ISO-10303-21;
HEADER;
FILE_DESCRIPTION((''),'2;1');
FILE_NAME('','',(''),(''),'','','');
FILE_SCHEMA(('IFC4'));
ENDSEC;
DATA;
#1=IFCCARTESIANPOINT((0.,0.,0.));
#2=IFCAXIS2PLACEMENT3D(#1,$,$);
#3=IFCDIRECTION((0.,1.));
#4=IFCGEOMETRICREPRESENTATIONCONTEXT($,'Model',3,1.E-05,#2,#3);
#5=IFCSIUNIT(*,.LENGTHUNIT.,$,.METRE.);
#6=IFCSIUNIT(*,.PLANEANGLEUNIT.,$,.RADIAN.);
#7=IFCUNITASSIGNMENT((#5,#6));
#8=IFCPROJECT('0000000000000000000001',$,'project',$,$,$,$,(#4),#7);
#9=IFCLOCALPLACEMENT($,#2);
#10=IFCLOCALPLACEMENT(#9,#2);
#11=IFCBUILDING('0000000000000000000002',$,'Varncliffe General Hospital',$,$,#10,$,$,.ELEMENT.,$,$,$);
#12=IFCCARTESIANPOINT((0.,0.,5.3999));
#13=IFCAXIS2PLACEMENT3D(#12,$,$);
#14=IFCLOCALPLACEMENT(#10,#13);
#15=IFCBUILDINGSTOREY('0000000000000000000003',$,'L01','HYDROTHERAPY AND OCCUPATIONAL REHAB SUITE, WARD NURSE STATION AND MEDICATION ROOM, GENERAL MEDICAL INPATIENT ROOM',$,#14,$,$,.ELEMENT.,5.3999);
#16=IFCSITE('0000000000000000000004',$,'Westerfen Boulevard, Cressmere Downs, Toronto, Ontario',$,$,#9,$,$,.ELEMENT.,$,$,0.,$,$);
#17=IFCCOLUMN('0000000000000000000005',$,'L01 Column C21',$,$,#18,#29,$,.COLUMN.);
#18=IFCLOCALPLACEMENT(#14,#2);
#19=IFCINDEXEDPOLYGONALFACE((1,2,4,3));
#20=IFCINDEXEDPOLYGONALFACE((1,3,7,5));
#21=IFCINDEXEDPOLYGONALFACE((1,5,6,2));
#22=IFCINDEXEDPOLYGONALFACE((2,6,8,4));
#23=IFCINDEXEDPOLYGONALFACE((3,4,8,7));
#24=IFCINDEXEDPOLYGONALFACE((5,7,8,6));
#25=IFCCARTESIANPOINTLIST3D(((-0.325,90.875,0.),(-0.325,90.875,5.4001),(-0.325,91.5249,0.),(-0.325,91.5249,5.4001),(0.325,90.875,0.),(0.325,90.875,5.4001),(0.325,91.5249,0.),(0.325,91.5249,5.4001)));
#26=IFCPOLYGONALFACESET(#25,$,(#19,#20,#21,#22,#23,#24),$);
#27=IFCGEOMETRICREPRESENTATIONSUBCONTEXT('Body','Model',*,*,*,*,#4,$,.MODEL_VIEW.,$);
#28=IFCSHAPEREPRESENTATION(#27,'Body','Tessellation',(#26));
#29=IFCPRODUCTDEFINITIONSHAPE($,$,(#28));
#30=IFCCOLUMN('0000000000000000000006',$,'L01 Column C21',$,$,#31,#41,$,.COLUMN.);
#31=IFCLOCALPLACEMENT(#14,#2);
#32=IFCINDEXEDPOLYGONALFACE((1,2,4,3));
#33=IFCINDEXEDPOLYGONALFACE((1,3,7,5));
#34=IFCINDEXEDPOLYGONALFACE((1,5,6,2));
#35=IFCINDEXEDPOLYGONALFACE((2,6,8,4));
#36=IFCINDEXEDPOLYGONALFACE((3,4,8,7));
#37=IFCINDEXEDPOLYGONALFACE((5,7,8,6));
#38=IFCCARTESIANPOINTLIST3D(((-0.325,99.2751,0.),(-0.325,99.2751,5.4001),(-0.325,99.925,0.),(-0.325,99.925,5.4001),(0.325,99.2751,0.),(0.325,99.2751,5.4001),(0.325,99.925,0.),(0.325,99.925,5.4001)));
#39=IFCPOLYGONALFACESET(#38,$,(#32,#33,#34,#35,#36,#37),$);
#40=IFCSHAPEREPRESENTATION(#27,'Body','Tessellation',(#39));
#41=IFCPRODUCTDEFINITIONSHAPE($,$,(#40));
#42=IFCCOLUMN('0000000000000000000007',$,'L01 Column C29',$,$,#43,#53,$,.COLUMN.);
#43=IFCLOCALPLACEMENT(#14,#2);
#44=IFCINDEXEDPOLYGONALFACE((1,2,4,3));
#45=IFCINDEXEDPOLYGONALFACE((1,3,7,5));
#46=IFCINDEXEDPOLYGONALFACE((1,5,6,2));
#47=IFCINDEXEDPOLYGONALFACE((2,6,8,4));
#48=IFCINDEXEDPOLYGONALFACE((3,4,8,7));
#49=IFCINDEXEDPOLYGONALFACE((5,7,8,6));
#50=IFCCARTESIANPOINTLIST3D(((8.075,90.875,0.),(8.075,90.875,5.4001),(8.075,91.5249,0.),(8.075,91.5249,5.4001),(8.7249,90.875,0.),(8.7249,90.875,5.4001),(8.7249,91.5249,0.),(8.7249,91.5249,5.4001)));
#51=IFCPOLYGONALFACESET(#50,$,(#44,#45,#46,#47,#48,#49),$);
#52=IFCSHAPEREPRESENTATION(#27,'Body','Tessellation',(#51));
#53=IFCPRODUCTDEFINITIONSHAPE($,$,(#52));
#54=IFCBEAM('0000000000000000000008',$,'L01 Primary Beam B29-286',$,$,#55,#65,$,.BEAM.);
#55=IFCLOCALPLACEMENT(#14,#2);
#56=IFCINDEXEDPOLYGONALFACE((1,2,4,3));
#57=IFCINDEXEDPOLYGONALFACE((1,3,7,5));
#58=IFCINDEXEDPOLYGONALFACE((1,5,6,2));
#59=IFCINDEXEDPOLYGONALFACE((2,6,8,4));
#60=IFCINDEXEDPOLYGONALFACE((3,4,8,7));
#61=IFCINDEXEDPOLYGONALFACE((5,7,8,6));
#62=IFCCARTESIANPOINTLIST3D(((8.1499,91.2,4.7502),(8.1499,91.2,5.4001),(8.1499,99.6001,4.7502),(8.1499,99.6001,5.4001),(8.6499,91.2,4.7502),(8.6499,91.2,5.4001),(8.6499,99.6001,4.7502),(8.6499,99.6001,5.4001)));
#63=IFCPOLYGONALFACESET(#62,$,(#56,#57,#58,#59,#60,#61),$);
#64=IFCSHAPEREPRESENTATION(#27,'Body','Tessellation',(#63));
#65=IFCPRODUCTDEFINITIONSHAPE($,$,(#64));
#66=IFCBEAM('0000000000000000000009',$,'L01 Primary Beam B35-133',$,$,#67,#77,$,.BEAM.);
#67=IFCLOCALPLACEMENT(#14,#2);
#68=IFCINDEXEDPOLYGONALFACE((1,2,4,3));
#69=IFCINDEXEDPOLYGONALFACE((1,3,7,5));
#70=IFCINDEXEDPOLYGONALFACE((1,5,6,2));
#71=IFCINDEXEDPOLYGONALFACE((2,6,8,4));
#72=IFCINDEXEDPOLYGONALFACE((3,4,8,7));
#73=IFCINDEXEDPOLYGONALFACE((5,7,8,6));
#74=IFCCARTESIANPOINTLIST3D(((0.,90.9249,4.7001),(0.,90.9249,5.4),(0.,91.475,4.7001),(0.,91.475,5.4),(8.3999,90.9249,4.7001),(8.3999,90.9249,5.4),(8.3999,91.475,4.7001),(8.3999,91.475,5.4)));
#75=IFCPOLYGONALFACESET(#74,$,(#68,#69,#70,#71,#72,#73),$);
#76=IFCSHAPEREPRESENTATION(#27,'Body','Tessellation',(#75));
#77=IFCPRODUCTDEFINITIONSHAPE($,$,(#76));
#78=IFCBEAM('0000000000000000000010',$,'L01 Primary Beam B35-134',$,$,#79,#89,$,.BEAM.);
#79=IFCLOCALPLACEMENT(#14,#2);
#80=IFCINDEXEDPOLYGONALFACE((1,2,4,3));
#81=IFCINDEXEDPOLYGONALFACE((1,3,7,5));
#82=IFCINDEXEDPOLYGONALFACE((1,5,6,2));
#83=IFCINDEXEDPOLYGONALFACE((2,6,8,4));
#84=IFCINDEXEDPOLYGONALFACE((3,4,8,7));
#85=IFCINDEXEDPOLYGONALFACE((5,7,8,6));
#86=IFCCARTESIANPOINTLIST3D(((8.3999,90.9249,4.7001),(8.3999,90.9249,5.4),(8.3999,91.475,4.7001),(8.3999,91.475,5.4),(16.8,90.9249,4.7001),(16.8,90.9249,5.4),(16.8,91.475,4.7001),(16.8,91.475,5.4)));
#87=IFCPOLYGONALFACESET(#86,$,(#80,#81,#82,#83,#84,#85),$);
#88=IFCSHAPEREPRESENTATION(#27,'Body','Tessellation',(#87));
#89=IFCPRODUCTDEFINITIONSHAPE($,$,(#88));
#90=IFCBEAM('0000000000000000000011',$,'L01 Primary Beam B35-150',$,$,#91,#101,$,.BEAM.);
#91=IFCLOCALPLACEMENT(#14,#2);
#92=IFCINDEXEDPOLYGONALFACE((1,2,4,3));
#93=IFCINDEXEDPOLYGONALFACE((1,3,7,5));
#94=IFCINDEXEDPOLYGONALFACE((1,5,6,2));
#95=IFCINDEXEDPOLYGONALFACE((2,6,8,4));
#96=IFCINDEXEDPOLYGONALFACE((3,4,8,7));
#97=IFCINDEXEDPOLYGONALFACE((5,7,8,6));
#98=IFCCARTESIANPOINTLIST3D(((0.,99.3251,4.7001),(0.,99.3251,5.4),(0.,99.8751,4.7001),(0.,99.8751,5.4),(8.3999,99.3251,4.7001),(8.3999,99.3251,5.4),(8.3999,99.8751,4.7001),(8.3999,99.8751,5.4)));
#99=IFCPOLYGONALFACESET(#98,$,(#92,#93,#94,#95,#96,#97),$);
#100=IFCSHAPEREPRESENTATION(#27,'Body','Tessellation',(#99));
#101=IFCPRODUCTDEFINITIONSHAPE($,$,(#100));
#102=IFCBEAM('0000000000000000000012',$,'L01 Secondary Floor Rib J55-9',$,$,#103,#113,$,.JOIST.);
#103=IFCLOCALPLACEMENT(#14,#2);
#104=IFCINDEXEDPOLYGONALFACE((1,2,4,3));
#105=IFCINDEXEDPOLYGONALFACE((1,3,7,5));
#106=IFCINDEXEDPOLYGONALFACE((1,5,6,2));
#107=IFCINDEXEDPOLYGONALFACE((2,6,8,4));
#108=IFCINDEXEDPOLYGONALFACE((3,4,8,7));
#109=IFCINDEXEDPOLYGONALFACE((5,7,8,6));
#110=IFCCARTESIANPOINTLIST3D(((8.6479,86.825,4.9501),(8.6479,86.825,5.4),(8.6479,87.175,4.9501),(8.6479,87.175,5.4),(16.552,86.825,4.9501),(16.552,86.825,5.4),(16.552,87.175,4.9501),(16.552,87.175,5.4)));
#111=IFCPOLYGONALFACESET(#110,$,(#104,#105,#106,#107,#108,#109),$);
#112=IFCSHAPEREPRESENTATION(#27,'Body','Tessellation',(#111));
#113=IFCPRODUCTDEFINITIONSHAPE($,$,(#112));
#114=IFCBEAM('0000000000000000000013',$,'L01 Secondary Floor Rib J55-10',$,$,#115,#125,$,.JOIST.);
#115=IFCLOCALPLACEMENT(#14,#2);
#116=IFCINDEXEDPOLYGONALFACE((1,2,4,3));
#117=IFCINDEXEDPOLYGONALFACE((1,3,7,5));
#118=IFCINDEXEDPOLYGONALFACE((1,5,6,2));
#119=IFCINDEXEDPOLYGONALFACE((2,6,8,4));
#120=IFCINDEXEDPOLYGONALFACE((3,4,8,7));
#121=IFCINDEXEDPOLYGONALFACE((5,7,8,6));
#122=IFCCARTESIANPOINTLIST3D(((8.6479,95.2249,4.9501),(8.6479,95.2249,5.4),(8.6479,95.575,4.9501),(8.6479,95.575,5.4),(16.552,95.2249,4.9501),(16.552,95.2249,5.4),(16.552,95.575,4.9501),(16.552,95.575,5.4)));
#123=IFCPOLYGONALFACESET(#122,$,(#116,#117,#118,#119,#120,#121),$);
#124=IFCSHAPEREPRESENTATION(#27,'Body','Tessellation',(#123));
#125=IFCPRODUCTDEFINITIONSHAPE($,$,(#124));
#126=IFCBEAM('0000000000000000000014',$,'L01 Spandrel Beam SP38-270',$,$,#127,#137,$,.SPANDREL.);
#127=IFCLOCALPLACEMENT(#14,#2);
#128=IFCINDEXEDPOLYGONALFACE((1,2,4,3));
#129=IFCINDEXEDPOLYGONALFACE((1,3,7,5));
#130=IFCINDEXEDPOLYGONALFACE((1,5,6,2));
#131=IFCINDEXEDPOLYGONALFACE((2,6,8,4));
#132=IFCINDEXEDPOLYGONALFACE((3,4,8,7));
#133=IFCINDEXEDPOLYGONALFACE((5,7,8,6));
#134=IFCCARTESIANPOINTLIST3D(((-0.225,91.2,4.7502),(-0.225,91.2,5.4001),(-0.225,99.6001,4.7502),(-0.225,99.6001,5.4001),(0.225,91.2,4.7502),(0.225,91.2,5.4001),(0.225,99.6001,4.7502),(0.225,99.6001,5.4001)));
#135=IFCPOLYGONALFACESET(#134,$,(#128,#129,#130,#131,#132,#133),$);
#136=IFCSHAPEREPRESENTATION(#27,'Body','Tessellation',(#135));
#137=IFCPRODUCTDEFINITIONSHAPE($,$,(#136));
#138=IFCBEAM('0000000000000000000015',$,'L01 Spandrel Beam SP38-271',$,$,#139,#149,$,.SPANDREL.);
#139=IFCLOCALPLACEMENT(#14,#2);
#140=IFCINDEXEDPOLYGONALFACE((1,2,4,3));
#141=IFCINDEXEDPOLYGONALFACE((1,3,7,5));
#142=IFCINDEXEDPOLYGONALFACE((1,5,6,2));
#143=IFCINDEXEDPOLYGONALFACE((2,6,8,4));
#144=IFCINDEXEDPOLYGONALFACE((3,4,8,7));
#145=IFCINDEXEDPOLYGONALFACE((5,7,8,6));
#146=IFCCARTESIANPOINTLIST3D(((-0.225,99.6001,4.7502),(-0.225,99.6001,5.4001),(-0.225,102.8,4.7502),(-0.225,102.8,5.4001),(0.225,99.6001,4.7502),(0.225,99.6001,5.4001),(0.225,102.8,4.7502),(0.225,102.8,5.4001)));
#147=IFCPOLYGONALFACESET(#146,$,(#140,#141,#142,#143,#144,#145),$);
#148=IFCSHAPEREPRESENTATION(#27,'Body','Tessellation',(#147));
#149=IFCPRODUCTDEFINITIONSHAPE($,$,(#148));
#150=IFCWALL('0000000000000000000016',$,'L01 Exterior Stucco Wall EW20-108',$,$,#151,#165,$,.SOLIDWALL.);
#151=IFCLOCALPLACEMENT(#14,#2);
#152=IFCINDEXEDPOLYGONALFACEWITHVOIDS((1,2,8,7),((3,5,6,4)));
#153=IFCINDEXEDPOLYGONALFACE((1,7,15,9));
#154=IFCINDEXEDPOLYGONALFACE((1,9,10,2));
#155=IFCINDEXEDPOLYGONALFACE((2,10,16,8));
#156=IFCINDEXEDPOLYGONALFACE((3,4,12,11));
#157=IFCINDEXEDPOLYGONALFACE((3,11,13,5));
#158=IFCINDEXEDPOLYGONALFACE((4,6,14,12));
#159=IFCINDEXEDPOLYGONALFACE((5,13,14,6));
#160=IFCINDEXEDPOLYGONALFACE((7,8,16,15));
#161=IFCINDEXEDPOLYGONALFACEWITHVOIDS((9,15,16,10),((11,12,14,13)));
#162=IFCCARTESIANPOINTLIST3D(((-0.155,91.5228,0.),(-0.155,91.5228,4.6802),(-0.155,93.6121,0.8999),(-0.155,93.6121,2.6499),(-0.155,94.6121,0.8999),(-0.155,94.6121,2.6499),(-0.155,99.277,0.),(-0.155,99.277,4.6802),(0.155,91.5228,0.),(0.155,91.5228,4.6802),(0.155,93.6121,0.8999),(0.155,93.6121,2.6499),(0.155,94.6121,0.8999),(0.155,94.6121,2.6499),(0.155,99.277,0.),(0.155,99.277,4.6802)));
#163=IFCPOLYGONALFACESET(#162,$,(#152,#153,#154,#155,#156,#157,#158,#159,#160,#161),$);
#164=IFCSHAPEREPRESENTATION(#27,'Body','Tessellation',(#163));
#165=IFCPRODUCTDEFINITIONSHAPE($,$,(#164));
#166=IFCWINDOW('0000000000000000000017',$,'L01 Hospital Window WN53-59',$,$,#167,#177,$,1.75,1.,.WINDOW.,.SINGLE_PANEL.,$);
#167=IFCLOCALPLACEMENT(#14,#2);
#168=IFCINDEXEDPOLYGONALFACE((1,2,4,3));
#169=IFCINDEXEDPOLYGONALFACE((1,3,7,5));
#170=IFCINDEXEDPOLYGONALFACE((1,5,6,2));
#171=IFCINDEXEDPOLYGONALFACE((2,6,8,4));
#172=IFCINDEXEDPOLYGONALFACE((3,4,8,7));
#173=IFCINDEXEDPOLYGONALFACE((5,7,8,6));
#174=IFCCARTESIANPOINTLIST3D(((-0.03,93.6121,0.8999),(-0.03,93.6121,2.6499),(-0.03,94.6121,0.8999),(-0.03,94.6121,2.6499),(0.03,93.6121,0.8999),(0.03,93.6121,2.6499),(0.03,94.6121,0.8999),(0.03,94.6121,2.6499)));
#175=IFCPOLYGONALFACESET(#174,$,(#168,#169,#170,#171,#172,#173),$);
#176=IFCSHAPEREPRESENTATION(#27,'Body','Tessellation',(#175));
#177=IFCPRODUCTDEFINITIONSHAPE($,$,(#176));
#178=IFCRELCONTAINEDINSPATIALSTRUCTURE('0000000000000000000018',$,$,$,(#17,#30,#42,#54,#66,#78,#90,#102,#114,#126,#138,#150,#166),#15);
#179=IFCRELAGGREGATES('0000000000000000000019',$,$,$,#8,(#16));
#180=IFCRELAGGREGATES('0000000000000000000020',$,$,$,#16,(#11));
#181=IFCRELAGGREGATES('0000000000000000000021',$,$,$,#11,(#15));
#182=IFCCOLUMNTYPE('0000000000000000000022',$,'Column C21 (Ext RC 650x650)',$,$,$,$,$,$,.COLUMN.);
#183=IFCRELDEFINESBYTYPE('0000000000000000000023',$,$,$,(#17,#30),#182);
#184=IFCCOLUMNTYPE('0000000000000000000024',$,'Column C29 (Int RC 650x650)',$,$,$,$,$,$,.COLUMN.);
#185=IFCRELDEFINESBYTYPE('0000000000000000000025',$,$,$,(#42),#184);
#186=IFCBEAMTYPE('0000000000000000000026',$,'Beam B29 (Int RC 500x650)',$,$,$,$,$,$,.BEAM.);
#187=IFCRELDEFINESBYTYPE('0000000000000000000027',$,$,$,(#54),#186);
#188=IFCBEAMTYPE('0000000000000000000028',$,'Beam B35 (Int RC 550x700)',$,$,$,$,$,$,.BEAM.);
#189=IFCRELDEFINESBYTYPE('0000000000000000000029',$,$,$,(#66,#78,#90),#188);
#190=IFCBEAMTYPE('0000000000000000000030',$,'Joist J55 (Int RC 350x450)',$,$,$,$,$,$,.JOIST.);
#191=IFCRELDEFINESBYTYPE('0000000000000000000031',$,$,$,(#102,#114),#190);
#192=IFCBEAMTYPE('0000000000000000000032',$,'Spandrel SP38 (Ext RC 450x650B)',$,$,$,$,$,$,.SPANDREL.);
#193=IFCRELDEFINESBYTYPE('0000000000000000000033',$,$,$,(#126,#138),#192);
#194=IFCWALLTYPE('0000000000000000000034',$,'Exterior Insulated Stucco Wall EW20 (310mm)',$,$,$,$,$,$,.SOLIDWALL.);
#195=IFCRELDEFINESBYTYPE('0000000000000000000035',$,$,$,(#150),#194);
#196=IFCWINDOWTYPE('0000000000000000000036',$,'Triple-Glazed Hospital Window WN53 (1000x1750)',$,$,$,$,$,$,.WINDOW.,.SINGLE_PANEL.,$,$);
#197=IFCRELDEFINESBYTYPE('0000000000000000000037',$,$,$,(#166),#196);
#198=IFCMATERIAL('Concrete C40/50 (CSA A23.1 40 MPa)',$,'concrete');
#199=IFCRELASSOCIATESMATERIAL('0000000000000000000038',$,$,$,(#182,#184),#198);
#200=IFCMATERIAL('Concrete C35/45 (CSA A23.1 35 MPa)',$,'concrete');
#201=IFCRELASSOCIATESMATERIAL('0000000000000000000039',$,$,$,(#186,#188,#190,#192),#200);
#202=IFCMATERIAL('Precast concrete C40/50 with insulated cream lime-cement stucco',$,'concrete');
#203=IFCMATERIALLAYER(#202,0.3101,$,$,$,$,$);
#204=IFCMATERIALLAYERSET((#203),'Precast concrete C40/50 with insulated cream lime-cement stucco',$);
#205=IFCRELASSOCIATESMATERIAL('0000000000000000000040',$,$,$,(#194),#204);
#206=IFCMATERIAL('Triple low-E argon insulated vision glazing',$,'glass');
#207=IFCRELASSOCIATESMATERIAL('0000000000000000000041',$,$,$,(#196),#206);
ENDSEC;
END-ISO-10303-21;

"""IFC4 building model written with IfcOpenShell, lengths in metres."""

from ifc_helpers import new_model, si_unit, direction, frame, frame_2d, origin, origin_2d, place, context, subcontext, project, spatial, rectangle, extrude, material, layer, layer_set, material_profile, profile_set, type_object, element, fill, save


model = new_model("IFC4")

# Units and contexts
model_context = context("Model", 3, precision=1e-05, world=origin(), true_north=direction((0.0, 1.0)))
body_context = subcontext(model_context, "Body", "Model", "MODEL_VIEW")
ifc_project = project(units=[si_unit("LENGTHUNIT", "METRE"), si_unit("PLANEANGLEUNIT", "RADIAN")], contexts=[model_context])

# Site, building, storey
site_placement = place(None, origin())
site = spatial("IfcSite", under=ifc_project, at=site_placement, Name="Westerfen Boulevard, Cressmere Downs, Toronto, Ontario", CompositionType="ELEMENT", RefElevation=0.0)
building_placement = place(site_placement, origin())
building = spatial("IfcBuilding", under=site, at=building_placement, Name="Varncliffe General Hospital", CompositionType="ELEMENT")
storey_placement = place(building_placement, frame((0.0, 0.0, 5.3999)))
storey = spatial("IfcBuildingStorey", under=building, at=storey_placement, Name="L01", Description="HYDROTHERAPY AND OCCUPATIONAL REHAB SUITE, WARD NURSE STATION AND MEDICATION ROOM, GENERAL MEDICAL INPATIENT ROOM", CompositionType="ELEMENT", Elevation=5.3999)

# Columns
ifc_material_1 = material(Name="Concrete C40/50 (CSA A23.1 40 MPa)", Category="concrete")
ifc_material_profile_1 = material_profile(ifc_material_1, rectangle(XDim=0.6499, YDim=0.6499, at=origin_2d()), Name="RC 650x650")
ifc_profile_set_1 = profile_set([ifc_material_profile_1], Name="Concrete C40/50 (CSA A23.1 40 MPa)")
column_type_1 = type_object("IfcColumnType", Name="Column C21 (Ext RC 650x650)", PredefinedType="COLUMN", material=ifc_profile_set_1)
for number, where, z_axis, x_axis, name in (
    (1, (0.0, 91.2, 0.0), (0.0, 0.0, 1.0), (1.0, 0.0, 0.0), "L01 Column C21"),
    (2, (0.0, 99.6001, 0.0), (0.0, 0.0, 1.0), (1.0, 0.0, 0.0), "L01 Column C21"),
):
    element("IfcColumn", number, at=place(storey_placement, frame(where, z_axis=z_axis, x_axis=x_axis)), inside=storey, type_object=column_type_1, Name=name, PredefinedType="COLUMN", context=body_context, shape_type="SweptSolid", body=[
        extrude(rectangle(XDim=0.6499, YDim=0.6499, at=origin_2d()), origin(), (0.0, 0.0, 1.0), 5.4001),
    ])
ifc_material_profile_2 = material_profile(ifc_material_1, rectangle(XDim=0.6499, YDim=0.6499, at=origin_2d()), Name="RC 650x650")
ifc_profile_set_2 = profile_set([ifc_material_profile_2], Name="Concrete C40/50 (CSA A23.1 40 MPa)")
column_type_2 = type_object("IfcColumnType", Name="Column C29 (Int RC 650x650)", PredefinedType="COLUMN", material=ifc_profile_set_2)
column_placement = place(storey_placement, frame((8.3999, 91.2, 0.0), z_axis=(0.0, 0.0, 1.0), x_axis=(1.0, 0.0, 0.0)))
element("IfcColumn", 3, at=column_placement, inside=storey, type_object=column_type_2, Name="L01 Column C29", PredefinedType="COLUMN", context=body_context, shape_type="SweptSolid", body=[
    extrude(rectangle(XDim=0.6499, YDim=0.6499, at=origin_2d()), origin(), (0.0, 0.0, 1.0), 5.4001),
])

# Beams
ifc_material_2 = material(Name="Concrete C35/45 (CSA A23.1 35 MPa)", Category="concrete")
ifc_material_profile_3 = material_profile(ifc_material_2, rectangle(XDim=0.5, YDim=0.6499, at=origin_2d()), Name="RC 500x650")
ifc_profile_set_3 = profile_set([ifc_material_profile_3], Name="Concrete C35/45 (CSA A23.1 35 MPa)")
beam_type_1 = type_object("IfcBeamType", Name="Beam B29 (Int RC 500x650)", PredefinedType="BEAM", material=ifc_profile_set_3)
beam_1_placement = place(storey_placement, frame((8.3999, 91.2, 5.0752), z_axis=(0.0, 1.0, 0.0), x_axis=(-1.0, 0.0, 0.0)))
element("IfcBeam", 4, at=beam_1_placement, inside=storey, type_object=beam_type_1, Name="L01 Primary Beam B29-286", PredefinedType="BEAM", context=body_context, shape_type="SweptSolid", body=[
    extrude(rectangle(XDim=0.5, YDim=0.6499, at=origin_2d()), origin(), (0.0, 0.0, 1.0), 8.4001),
])
ifc_material_profile_4 = material_profile(ifc_material_2, rectangle(XDim=0.55, YDim=0.7, at=origin_2d()), Name="RC 550x700")
ifc_profile_set_4 = profile_set([ifc_material_profile_4], Name="Concrete C35/45 (CSA A23.1 35 MPa)")
beam_type_2 = type_object("IfcBeamType", Name="Beam B35 (Int RC 550x700)", PredefinedType="BEAM", material=ifc_profile_set_4)
beam_2_placement = place(storey_placement, frame((0.0, 91.2, 5.05), z_axis=(1.0, 0.0, 0.0), x_axis=(0.0, 1.0, 0.0)))
element("IfcBeam", 5, at=beam_2_placement, inside=storey, type_object=beam_type_2, Name="L01 Primary Beam B35-133", PredefinedType="BEAM", context=body_context, shape_type="SweptSolid", body=[
    extrude(rectangle(XDim=0.55, YDim=0.7, at=origin_2d()), origin(), (0.0, 0.0, 1.0), 8.3999),
])
beam_3_placement = place(storey_placement, frame((8.3999, 91.2, 5.05), z_axis=(1.0, 0.0, 0.0), x_axis=(0.0, 1.0, 0.0)))
element("IfcBeam", 6, at=beam_3_placement, inside=storey, type_object=beam_type_2, Name="L01 Primary Beam B35-134", PredefinedType="BEAM", context=body_context, shape_type="SweptSolid", body=[
    extrude(rectangle(XDim=0.55, YDim=0.7, at=origin_2d()), origin(), (0.0, 0.0, 1.0), 8.4001),
])
beam_4_placement = place(storey_placement, frame((0.0, 99.6001, 5.05), z_axis=(1.0, 0.0, 0.0), x_axis=(0.0, 1.0, 0.0)))
element("IfcBeam", 7, at=beam_4_placement, inside=storey, type_object=beam_type_2, Name="L01 Primary Beam B35-150", PredefinedType="BEAM", context=body_context, shape_type="SweptSolid", body=[
    extrude(rectangle(XDim=0.55, YDim=0.7, at=origin_2d()), origin(), (0.0, 0.0, 1.0), 8.3999),
])
ifc_material_profile_5 = material_profile(ifc_material_2, rectangle(XDim=0.3501, YDim=0.45, at=origin_2d()), Name="RC 350x450")
ifc_profile_set_5 = profile_set([ifc_material_profile_5], Name="Concrete C35/45 (CSA A23.1 35 MPa)")
beam_type_3 = type_object("IfcBeamType", Name="Joist J55 (Int RC 350x450)", PredefinedType="JOIST", material=ifc_profile_set_5)
for number, where, z_axis, x_axis, name in (
    (8, (8.6479, 87.0, 5.175), (1.0, 0.0, 0.0), (0.0, 1.0, 0.0), "L01 Secondary Floor Rib J55-9"),
    (9, (8.6479, 95.3999, 5.175), (1.0, 0.0, 0.0), (0.0, 1.0, 0.0), "L01 Secondary Floor Rib J55-10"),
):
    element("IfcBeam", number, at=place(storey_placement, frame(where, z_axis=z_axis, x_axis=x_axis)), inside=storey, type_object=beam_type_3, Name=name, PredefinedType="JOIST", context=body_context, shape_type="SweptSolid", body=[
        extrude(rectangle(XDim=0.3501, YDim=0.45, at=origin_2d()), origin(), (0.0, 0.0, 1.0), 7.9041),
    ])
ifc_material_profile_6 = material_profile(ifc_material_2, rectangle(XDim=0.45, YDim=0.6499, at=origin_2d()), Name="RC 450x650")
ifc_profile_set_6 = profile_set([ifc_material_profile_6], Name="Concrete C35/45 (CSA A23.1 35 MPa)")
beam_type_4 = type_object("IfcBeamType", Name="Spandrel SP38 (Ext RC 450x650B)", PredefinedType="SPANDREL", material=ifc_profile_set_6)
beam_5_placement = place(storey_placement, frame((0.0, 91.2, 5.0752), z_axis=(0.0, 1.0, 0.0), x_axis=(-1.0, 0.0, 0.0)))
element("IfcBeam", 10, at=beam_5_placement, inside=storey, type_object=beam_type_4, Name="L01 Spandrel Beam SP38-270", PredefinedType="SPANDREL", context=body_context, shape_type="SweptSolid", body=[
    extrude(rectangle(XDim=0.45, YDim=0.6499, at=origin_2d()), origin(), (0.0, 0.0, 1.0), 8.4001),
])
beam_6_placement = place(storey_placement, frame((0.0, 99.6001, 5.0752), z_axis=(0.0, 1.0, 0.0), x_axis=(-1.0, 0.0, 0.0)))
element("IfcBeam", 11, at=beam_6_placement, inside=storey, type_object=beam_type_4, Name="L01 Spandrel Beam SP38-271", PredefinedType="SPANDREL", context=body_context, shape_type="SweptSolid", body=[
    extrude(rectangle(XDim=0.45, YDim=0.6499, at=origin_2d()), origin(), (0.0, 0.0, 1.0), 3.2),
])

# Wall, opening, window
ifc_material_3 = material(Name="Precast concrete C40/50 with insulated cream lime-cement stucco", Category="concrete")
ifc_layer_1 = layer(ifc_material_3, 0.3101)
ifc_layer_set_1 = layer_set([ifc_layer_1], Name="Precast concrete C40/50 with insulated cream lime-cement stucco")
wall_type_1 = type_object("IfcWallType", Name="Exterior Insulated Stucco Wall EW20 (310mm)", PredefinedType="SOLIDWALL", material=ifc_layer_set_1)
wall_1_placement = place(storey_placement, frame((0.0, 91.5229, 0.0), z_axis=(0.0, 0.0, 1.0), x_axis=(0.0, 1.0, 0.0)))
wall_1 = element("IfcWall", 12, at=wall_1_placement, inside=storey, type_object=wall_type_1, Name="L01 Exterior Stucco Wall EW20-108", PredefinedType="SOLIDWALL", context=body_context, shape_type="SweptSolid", body=[
    extrude(rectangle(XDim=7.7542, YDim=0.3101, at=frame_2d((3.877, 0.0))), origin(), (0.0, 0.0, 1.0), 4.6802),
])
opening_1_placement = place(wall_1_placement, frame((2.0891, 0.0, 0.8999)))
opening_1 = element("IfcOpeningElement", 13, at=opening_1_placement, cuts=wall_1, PredefinedType="OPENING", context=body_context, shape_type="SweptSolid", body=[
    extrude(rectangle(XDim=1.0, YDim=1.75, at=frame_2d((0.5, 0.875))), frame((0.0, 0.165, 0.0), z_axis=(0.0, -1.0, 0.0), x_axis=(1.0, 0.0, 0.0)), (0.0, 0.0, 1.0), 0.3301),
])
ifc_material_4 = material(Name="Triple low-E argon insulated vision glazing", Category="glass")
window_type_1 = type_object("IfcWindowType", Name="Triple-Glazed Hospital Window WN53 (1000x1750)", PartitioningType="SINGLE_PANEL", PredefinedType="WINDOW", material=ifc_material_4)
window_1_placement = place(opening_1_placement, origin())
window_1 = element("IfcWindow", 14, at=window_1_placement, inside=storey, type_object=window_type_1, Name="L01 Hospital Window WN53-59", OverallHeight=1.75, OverallWidth=1.0, PartitioningType="SINGLE_PANEL", PredefinedType="WINDOW", context=body_context, shape_type="SweptSolid", body=[
    extrude(rectangle(XDim=1.0, YDim=1.75, at=frame_2d((0.5, 0.875))), frame((0.0, 0.03, 0.0), z_axis=(0.0, -1.0, 0.0), x_axis=(1.0, 0.0, 0.0)), (0.0, 0.0, 1.0), 0.0601),
])
fill(opening_1, window_1)

save(model, "model.ifc")
